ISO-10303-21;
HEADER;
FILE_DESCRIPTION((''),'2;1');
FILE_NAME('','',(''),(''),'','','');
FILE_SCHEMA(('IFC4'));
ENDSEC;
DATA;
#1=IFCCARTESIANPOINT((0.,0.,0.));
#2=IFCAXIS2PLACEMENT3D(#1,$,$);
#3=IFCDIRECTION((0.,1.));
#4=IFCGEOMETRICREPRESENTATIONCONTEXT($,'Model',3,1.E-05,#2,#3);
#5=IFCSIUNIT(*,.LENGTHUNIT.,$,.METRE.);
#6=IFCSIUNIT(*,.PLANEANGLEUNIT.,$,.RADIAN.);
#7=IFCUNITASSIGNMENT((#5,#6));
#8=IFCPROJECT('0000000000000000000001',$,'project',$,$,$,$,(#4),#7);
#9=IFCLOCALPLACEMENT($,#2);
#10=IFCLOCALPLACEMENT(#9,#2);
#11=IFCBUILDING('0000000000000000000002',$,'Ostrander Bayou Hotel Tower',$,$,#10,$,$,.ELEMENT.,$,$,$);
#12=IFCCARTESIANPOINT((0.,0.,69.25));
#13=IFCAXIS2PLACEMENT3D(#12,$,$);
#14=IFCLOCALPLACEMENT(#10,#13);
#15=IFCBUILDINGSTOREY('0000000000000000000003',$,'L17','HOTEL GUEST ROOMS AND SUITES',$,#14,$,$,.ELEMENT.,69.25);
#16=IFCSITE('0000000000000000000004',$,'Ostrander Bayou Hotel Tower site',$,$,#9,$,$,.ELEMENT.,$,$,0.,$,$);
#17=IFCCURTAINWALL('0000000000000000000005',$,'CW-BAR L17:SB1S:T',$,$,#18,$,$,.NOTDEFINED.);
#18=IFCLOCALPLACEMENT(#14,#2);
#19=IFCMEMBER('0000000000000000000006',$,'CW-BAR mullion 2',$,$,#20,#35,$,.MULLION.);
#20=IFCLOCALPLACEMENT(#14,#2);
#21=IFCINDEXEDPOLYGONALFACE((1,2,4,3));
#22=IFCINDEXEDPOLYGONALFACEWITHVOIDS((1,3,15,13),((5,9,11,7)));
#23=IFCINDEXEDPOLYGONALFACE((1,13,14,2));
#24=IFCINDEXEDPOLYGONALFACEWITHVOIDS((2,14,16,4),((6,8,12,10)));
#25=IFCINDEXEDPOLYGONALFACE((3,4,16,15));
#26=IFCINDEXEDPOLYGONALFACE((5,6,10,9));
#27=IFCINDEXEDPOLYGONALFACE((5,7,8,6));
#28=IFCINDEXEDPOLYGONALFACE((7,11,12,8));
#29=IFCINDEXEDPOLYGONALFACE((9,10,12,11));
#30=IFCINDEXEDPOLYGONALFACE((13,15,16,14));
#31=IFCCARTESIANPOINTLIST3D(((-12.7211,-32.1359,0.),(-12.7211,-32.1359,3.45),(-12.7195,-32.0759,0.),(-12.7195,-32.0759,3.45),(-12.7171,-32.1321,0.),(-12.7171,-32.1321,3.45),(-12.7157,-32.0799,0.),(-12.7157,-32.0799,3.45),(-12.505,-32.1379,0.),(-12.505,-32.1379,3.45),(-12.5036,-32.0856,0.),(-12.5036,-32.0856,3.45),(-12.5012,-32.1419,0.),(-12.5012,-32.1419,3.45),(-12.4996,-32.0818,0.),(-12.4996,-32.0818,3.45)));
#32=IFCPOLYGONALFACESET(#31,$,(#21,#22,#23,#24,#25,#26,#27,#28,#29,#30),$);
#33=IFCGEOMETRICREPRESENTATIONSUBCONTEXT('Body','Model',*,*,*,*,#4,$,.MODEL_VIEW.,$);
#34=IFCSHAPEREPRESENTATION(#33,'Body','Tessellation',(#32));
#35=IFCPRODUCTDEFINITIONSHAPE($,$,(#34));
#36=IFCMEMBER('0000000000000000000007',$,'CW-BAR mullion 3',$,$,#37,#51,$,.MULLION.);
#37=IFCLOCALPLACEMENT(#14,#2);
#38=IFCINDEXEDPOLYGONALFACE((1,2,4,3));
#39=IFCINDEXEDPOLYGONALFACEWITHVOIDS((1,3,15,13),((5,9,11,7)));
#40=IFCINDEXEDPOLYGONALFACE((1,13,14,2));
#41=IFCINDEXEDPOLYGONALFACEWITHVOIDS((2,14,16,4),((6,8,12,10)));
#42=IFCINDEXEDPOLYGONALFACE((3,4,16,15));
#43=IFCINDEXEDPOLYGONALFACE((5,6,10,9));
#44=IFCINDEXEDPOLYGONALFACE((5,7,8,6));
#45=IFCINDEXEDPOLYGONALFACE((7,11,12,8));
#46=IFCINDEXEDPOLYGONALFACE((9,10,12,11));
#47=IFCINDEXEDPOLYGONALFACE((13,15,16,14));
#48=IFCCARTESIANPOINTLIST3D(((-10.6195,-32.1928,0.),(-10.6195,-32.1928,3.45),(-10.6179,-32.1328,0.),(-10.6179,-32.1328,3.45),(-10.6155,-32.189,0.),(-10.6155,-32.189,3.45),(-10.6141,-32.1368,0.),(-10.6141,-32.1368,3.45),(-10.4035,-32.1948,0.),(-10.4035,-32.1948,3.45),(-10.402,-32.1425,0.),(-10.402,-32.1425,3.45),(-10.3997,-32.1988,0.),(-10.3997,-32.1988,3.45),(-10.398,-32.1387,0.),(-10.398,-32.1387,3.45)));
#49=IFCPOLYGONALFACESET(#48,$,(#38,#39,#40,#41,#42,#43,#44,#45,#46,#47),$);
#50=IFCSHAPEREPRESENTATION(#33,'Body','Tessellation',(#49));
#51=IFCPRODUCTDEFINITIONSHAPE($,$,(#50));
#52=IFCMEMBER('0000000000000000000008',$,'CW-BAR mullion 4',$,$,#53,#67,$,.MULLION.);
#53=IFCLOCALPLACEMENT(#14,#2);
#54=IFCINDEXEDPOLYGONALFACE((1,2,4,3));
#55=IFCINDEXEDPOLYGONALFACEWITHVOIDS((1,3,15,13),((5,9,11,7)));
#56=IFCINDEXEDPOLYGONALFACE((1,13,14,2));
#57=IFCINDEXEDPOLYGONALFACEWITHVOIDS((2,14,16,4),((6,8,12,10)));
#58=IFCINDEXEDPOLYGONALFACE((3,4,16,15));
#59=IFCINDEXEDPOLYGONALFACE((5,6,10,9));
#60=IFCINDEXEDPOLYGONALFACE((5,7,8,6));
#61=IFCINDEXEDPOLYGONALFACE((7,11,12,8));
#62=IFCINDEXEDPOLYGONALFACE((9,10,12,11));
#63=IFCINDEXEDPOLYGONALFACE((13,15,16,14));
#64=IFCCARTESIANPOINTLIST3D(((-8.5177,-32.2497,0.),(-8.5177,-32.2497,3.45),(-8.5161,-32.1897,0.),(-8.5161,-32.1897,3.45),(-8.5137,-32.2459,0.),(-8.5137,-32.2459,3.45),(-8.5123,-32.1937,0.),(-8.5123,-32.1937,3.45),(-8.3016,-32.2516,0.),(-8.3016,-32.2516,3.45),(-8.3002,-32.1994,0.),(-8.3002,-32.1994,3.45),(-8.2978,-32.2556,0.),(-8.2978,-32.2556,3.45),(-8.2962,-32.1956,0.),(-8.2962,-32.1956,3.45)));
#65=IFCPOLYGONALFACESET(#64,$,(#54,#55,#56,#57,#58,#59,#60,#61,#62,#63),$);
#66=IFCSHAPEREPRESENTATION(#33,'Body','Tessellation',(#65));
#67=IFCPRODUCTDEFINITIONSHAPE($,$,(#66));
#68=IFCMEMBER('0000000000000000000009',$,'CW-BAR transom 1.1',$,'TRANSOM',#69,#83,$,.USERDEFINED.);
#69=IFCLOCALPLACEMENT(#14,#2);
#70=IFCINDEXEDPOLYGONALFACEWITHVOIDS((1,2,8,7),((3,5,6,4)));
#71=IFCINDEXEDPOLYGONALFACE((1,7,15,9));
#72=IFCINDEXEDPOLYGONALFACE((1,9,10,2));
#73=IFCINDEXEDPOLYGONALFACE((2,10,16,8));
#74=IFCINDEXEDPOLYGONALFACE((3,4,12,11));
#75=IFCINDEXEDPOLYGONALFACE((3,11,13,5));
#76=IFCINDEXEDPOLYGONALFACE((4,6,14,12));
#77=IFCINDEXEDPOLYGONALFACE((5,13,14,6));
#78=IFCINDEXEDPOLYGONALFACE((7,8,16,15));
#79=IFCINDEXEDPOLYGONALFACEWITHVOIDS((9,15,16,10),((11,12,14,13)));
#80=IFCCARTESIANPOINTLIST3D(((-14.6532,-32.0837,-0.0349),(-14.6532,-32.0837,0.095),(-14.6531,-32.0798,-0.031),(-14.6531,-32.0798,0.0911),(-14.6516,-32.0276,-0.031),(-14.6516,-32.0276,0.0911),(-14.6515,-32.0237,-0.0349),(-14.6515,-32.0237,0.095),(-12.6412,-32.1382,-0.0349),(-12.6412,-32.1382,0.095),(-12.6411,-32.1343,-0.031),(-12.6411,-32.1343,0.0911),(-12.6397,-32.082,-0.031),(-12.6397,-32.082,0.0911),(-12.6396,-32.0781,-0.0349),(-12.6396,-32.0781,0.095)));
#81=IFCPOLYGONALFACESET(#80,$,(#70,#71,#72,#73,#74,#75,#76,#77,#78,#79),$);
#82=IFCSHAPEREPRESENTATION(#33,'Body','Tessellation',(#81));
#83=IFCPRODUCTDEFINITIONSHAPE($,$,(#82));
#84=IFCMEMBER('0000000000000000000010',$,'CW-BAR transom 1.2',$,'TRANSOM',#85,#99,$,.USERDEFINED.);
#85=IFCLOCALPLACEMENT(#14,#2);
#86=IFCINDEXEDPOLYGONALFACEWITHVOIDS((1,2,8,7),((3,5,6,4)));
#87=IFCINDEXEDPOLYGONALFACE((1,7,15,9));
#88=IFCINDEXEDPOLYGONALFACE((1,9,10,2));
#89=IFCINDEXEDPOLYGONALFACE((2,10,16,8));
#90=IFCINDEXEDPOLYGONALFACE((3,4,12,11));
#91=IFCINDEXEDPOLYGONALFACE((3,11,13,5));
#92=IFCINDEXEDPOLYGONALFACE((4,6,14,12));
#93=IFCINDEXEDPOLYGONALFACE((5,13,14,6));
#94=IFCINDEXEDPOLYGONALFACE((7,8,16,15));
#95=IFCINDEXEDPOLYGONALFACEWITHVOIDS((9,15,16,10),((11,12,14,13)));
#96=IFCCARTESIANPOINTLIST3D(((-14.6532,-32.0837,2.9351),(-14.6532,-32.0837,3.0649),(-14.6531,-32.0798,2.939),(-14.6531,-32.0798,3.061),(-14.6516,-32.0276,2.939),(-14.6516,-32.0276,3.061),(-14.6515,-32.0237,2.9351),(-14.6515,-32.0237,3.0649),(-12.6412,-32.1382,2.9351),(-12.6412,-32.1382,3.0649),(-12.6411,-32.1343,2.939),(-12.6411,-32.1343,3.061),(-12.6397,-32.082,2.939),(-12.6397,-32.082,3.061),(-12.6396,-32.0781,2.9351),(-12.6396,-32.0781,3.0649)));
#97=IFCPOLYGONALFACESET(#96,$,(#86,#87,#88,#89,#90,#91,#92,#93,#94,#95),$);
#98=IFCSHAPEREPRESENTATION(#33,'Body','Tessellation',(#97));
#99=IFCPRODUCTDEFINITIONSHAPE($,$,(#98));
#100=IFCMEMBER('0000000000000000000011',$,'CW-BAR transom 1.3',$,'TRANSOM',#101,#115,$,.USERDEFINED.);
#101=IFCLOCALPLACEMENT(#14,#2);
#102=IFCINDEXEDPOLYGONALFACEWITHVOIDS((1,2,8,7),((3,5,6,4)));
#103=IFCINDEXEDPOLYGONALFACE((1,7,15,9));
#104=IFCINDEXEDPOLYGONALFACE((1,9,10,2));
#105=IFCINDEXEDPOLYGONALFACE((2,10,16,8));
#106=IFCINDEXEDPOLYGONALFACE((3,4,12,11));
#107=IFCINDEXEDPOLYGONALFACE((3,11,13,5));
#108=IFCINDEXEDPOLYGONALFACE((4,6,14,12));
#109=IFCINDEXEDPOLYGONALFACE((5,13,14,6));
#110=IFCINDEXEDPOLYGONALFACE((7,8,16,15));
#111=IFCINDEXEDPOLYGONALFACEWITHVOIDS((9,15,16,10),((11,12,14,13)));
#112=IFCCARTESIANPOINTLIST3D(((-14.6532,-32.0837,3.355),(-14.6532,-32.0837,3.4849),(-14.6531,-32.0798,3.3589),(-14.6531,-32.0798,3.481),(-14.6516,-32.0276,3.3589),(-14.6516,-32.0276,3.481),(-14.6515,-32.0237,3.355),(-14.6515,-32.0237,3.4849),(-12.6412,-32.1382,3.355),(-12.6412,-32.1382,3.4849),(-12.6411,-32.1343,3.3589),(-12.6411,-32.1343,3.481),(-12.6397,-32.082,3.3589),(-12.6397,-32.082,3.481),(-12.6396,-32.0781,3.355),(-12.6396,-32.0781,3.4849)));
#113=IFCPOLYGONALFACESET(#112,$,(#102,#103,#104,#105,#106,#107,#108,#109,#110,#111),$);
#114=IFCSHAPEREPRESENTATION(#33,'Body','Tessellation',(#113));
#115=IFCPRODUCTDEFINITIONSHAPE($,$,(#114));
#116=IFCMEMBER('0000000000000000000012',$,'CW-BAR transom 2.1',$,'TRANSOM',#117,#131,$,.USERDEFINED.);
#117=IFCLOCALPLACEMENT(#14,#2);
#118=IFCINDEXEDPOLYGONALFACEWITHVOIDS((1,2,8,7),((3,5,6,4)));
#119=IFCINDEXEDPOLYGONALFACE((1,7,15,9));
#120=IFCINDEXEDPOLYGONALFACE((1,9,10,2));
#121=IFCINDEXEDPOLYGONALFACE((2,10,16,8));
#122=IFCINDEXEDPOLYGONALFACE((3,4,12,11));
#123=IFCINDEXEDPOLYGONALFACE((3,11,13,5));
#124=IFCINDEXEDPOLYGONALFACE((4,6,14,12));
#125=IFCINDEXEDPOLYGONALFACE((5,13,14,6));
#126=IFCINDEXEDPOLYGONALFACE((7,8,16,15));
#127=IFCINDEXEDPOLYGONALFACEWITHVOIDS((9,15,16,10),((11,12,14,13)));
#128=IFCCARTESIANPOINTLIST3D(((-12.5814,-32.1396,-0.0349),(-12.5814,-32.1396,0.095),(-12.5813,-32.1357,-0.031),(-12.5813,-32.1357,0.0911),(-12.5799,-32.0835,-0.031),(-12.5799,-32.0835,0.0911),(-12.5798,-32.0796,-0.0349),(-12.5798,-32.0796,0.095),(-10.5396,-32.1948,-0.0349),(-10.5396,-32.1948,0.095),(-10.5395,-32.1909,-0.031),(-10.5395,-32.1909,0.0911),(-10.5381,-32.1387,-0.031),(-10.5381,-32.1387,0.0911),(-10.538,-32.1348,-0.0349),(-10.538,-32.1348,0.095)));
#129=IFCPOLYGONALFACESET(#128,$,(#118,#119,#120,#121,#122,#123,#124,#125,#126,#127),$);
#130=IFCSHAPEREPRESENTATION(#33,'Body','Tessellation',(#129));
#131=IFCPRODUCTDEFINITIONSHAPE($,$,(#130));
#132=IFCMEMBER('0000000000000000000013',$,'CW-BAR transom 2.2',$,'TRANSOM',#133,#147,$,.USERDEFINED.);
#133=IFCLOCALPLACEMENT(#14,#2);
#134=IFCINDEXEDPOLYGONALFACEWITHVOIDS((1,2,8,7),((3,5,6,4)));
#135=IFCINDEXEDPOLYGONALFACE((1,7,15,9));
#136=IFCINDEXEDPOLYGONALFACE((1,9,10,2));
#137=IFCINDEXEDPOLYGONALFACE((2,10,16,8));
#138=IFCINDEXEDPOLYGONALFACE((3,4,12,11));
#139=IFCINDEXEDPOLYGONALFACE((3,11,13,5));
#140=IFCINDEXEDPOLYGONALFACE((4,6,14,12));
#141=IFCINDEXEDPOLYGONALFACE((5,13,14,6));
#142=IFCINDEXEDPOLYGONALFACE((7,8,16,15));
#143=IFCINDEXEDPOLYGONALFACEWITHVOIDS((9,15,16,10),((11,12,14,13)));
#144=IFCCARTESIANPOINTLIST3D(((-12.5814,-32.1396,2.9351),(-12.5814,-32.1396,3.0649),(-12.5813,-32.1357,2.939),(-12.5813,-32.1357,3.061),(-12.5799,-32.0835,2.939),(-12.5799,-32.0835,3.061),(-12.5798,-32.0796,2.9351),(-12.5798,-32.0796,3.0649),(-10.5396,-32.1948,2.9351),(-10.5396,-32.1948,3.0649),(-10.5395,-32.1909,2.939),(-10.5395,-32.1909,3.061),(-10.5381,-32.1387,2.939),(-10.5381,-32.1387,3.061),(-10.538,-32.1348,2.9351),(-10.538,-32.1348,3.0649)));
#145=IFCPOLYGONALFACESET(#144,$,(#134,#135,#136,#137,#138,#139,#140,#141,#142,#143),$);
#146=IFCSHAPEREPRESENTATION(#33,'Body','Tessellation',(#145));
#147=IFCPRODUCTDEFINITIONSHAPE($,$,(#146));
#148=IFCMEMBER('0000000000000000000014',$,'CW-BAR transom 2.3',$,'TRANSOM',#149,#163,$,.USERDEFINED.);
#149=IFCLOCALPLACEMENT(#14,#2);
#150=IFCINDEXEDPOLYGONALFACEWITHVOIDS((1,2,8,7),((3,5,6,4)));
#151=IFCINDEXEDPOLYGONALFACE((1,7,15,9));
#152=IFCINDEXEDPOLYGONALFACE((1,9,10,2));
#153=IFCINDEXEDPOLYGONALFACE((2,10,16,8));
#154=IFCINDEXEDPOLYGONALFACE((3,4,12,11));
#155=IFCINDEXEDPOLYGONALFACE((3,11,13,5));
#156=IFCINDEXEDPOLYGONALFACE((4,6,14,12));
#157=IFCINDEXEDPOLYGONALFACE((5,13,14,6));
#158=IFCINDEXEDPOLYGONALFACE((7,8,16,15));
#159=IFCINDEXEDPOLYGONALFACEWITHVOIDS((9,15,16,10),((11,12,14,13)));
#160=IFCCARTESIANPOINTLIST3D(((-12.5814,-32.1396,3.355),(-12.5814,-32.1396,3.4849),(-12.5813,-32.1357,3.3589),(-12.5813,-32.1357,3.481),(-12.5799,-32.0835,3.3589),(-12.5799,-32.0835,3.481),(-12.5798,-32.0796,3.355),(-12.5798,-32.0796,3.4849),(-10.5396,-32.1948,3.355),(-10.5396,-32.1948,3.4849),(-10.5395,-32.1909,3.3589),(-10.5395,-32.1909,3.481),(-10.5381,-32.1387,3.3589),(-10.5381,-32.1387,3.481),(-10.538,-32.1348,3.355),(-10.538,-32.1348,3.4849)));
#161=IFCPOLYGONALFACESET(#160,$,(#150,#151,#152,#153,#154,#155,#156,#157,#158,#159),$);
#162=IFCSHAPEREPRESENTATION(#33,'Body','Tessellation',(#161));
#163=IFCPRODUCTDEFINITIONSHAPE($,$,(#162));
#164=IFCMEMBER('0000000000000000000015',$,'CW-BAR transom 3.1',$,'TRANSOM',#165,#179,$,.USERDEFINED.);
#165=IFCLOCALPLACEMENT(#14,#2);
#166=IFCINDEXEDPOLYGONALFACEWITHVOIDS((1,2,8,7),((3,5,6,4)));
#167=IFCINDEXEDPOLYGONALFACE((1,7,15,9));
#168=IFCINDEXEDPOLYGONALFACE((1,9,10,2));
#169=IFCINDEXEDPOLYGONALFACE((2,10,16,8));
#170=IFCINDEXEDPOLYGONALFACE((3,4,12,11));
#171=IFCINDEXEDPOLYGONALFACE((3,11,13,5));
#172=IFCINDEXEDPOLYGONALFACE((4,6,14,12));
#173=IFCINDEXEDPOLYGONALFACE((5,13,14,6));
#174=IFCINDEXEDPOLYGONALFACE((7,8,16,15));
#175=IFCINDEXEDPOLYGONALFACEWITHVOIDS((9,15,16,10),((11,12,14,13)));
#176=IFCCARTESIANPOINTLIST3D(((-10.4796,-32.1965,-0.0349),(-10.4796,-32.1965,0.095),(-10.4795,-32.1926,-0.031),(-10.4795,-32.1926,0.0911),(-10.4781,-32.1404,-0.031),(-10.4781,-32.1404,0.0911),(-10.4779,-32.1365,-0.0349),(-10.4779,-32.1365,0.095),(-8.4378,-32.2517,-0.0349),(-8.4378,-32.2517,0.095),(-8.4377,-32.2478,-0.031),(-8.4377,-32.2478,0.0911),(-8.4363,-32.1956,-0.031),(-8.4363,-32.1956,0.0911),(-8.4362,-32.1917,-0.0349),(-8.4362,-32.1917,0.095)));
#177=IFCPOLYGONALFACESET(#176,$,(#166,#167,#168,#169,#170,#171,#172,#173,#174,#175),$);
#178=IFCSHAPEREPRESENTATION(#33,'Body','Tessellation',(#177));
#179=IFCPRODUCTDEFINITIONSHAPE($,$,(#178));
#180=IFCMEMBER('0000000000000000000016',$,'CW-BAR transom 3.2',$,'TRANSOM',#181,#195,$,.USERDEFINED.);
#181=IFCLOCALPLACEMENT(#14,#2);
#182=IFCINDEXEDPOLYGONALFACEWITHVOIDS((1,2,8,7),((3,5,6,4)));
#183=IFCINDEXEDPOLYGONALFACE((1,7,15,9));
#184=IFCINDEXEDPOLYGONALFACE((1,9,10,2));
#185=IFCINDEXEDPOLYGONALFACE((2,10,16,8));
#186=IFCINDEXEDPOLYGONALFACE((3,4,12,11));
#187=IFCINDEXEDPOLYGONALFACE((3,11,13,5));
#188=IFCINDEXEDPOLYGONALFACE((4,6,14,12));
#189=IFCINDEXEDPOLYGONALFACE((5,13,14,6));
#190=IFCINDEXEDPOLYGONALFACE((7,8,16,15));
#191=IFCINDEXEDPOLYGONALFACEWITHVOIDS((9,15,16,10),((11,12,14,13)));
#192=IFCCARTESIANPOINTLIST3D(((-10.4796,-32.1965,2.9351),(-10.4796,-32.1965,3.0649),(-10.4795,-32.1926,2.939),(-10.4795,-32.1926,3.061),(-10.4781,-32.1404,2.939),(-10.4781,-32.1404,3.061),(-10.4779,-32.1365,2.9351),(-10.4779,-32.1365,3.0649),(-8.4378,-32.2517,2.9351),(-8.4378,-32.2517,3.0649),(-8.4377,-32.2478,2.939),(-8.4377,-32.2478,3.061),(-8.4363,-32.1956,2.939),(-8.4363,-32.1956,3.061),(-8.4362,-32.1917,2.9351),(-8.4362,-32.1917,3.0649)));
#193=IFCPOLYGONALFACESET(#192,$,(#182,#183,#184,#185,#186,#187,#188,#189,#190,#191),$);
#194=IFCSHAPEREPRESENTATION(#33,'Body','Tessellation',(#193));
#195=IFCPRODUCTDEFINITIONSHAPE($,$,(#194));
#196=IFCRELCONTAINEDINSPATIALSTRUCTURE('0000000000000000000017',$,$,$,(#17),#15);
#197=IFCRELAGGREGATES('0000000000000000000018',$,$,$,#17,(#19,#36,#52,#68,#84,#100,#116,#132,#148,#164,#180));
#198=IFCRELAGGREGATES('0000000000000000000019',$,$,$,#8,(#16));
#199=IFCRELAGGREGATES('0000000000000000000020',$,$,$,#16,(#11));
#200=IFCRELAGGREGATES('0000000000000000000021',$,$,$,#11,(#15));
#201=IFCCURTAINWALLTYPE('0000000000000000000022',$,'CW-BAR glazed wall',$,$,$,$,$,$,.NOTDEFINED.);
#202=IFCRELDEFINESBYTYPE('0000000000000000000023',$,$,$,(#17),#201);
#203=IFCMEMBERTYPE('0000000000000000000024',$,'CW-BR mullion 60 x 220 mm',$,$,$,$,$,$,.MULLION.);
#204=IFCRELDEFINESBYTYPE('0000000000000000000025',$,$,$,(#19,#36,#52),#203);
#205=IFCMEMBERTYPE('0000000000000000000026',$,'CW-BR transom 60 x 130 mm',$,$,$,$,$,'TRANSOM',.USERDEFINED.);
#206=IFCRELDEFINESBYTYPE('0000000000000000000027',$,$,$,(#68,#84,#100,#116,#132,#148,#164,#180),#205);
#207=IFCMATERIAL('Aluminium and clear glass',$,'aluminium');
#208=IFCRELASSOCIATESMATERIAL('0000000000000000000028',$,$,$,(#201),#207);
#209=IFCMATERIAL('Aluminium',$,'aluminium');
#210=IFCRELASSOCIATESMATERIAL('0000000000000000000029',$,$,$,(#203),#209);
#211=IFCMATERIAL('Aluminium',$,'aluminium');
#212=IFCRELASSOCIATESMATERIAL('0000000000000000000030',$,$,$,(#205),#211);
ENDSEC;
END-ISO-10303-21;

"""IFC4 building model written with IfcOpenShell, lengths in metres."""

from ifc_helpers import new_model, si_unit, direction, frame, origin, origin_2d, place, context, subcontext, project, spatial, hollow_rectangle, extrude, material, material_profile, profile_set, type_object, element, aggregate, save


model = new_model("IFC4")

# Units and contexts
model_context = context("Model", 3, precision=1e-05, world=origin(), true_north=direction((0.0, 1.0)))
body_context = subcontext(model_context, "Body", "Model", "MODEL_VIEW")
ifc_project = project(units=[si_unit("LENGTHUNIT", "METRE"), si_unit("PLANEANGLEUNIT", "RADIAN")], contexts=[model_context])

# Site, building, storey
site_placement = place(None, origin())
site = spatial("IfcSite", under=ifc_project, at=site_placement, Name="Ostrander Bayou Hotel Tower site", CompositionType="ELEMENT", RefElevation=0.0)
building_placement = place(site_placement, origin())
building = spatial("IfcBuilding", under=site, at=building_placement, Name="Ostrander Bayou Hotel Tower", CompositionType="ELEMENT")
storey_placement = place(building_placement, frame((0.0, 0.0, 69.25)))
storey = spatial("IfcBuildingStorey", under=building, at=storey_placement, Name="L17", Description="HOTEL GUEST ROOMS AND SUITES", CompositionType="ELEMENT", Elevation=69.25)

# Curtain wall, members
ifc_material_1 = material(Name="Aluminium and clear glass", Category="aluminium")
curtain_wall_type = type_object("IfcCurtainWallType", Name="CW-BAR glazed wall", PredefinedType="NOTDEFINED", material=ifc_material_1)
curtain_wall_placement = place(storey_placement, origin())
curtain_wall = element("IfcCurtainWall", 1, at=curtain_wall_placement, inside=storey, type_object=curtain_wall_type, Name="CW-BAR L17:SB1S:T", PredefinedType="NOTDEFINED")
ifc_material_2 = material(Name="Aluminium", Category="aluminium")
ifc_material_profile_1 = material_profile(ifc_material_2, hollow_rectangle(XDim=0.0601, YDim=0.22, WallThickness=0.0039, at=origin_2d()))
ifc_profile_set_1 = profile_set([ifc_material_profile_1], Name="Aluminium")
member_type_1 = type_object("IfcMemberType", Name="CW-BR mullion 60 x 220 mm", PredefinedType="MULLION", material=ifc_profile_set_1)
member_1_placement = place(storey_placement, frame((-12.6104, -32.1089, 0.0), z_axis=(0.0, 0.0, 1.0), x_axis=(0.027042, 0.999634, 0.0)))
member_1 = element("IfcMember", 2, at=member_1_placement, type_object=member_type_1, Name="CW-BAR mullion 2", PredefinedType="MULLION", context=body_context, shape_type="SweptSolid", body=[
    extrude(hollow_rectangle(XDim=0.0601, YDim=0.22, WallThickness=0.0039, at=origin_2d()), origin(), (0.0, 0.0, 1.0), 3.45),
])
member_2_placement = place(storey_placement, frame((-10.5088, -32.1658, 0.0), z_axis=(0.0, 0.0, 1.0), x_axis=(0.027042, 0.999634, 0.0)))
member_2 = element("IfcMember", 3, at=member_2_placement, type_object=member_type_1, Name="CW-BAR mullion 3", PredefinedType="MULLION", context=body_context, shape_type="SweptSolid", body=[
    extrude(hollow_rectangle(XDim=0.0601, YDim=0.22, WallThickness=0.0039, at=origin_2d()), origin(), (0.0, 0.0, 1.0), 3.45),
])
member_3_placement = place(storey_placement, frame((-8.407, -32.2227, 0.0), z_axis=(0.0, 0.0, 1.0), x_axis=(0.027042, 0.999634, 0.0)))
member_3 = element("IfcMember", 4, at=member_3_placement, type_object=member_type_1, Name="CW-BAR mullion 4", PredefinedType="MULLION", context=body_context, shape_type="SweptSolid", body=[
    extrude(hollow_rectangle(XDim=0.0601, YDim=0.22, WallThickness=0.0039, at=origin_2d()), origin(), (0.0, 0.0, 1.0), 3.45),
])
ifc_material_3 = material(Name="Aluminium", Category="aluminium")
ifc_material_profile_2 = material_profile(ifc_material_3, hollow_rectangle(XDim=0.0601, YDim=0.1299, WallThickness=0.0039, at=origin_2d()))
ifc_profile_set_2 = profile_set([ifc_material_profile_2], Name="Aluminium")
member_type_2 = type_object("IfcMemberType", Name="CW-BR transom 60 x 130 mm", ElementType="TRANSOM", PredefinedType="USERDEFINED", material=ifc_profile_set_2)
member_4_placement = place(storey_placement, frame((-14.6523, -32.0537, 0.03), z_axis=(0.999634, -0.02705, 0.0), x_axis=(0.02705, 0.999634, 0.0)))
member_4 = element("IfcMember", 5, at=member_4_placement, type_object=member_type_2, Name="CW-BAR transom 1.1", ObjectType="TRANSOM", PredefinedType="USERDEFINED", context=body_context, shape_type="SweptSolid", body=[
    extrude(hollow_rectangle(XDim=0.0601, YDim=0.1299, WallThickness=0.0039, at=origin_2d()), origin(), (0.0, 0.0, 1.0), 2.0127),
])
member_5_placement = place(storey_placement, frame((-14.6523, -32.0537, 3.0), z_axis=(0.999634, -0.02705, 0.0), x_axis=(0.02705, 0.999634, 0.0)))
member_5 = element("IfcMember", 6, at=member_5_placement, type_object=member_type_2, Name="CW-BAR transom 1.2", ObjectType="TRANSOM", PredefinedType="USERDEFINED", context=body_context, shape_type="SweptSolid", body=[
    extrude(hollow_rectangle(XDim=0.0601, YDim=0.1299, WallThickness=0.0039, at=origin_2d()), origin(), (0.0, 0.0, 1.0), 2.0127),
])
member_6_placement = place(storey_placement, frame((-14.6523, -32.0537, 3.4199), z_axis=(0.999634, -0.02705, 0.0), x_axis=(0.02705, 0.999634, 0.0)))
member_6 = element("IfcMember", 7, at=member_6_placement, type_object=member_type_2, Name="CW-BAR transom 1.3", ObjectType="TRANSOM", PredefinedType="USERDEFINED", context=body_context, shape_type="SweptSolid", body=[
    extrude(hollow_rectangle(XDim=0.0601, YDim=0.1299, WallThickness=0.0039, at=origin_2d()), origin(), (0.0, 0.0, 1.0), 2.0127),
])
member_7_placement = place(storey_placement, frame((-12.5806, -32.1096, 0.03), z_axis=(0.999635, -0.027014, 0.0), x_axis=(0.027014, 0.999635, 0.0)))
member_7 = element("IfcMember", 8, at=member_7_placement, type_object=member_type_2, Name="CW-BAR transom 2.1", ObjectType="TRANSOM", PredefinedType="USERDEFINED", context=body_context, shape_type="SweptSolid", body=[
    extrude(hollow_rectangle(XDim=0.0601, YDim=0.1299, WallThickness=0.0039, at=origin_2d()), origin(), (0.0, 0.0, 1.0), 2.0425),
])
member_8_placement = place(storey_placement, frame((-12.5806, -32.1096, 3.0), z_axis=(0.999635, -0.027014, 0.0), x_axis=(0.027014, 0.999635, 0.0)))
member_8 = element("IfcMember", 9, at=member_8_placement, type_object=member_type_2, Name="CW-BAR transom 2.2", ObjectType="TRANSOM", PredefinedType="USERDEFINED", context=body_context, shape_type="SweptSolid", body=[
    extrude(hollow_rectangle(XDim=0.0601, YDim=0.1299, WallThickness=0.0039, at=origin_2d()), origin(), (0.0, 0.0, 1.0), 2.0425),
])
member_9_placement = place(storey_placement, frame((-12.5806, -32.1096, 3.4199), z_axis=(0.999635, -0.027014, 0.0), x_axis=(0.027014, 0.999635, 0.0)))
member_9 = element("IfcMember", 10, at=member_9_placement, type_object=member_type_2, Name="CW-BAR transom 2.3", ObjectType="TRANSOM", PredefinedType="USERDEFINED", context=body_context, shape_type="SweptSolid", body=[
    extrude(hollow_rectangle(XDim=0.0601, YDim=0.1299, WallThickness=0.0039, at=origin_2d()), origin(), (0.0, 0.0, 1.0), 2.0425),
])
member_10_placement = place(storey_placement, frame((-10.4788, -32.1665, 0.03), z_axis=(0.999635, -0.027014, 0.0), x_axis=(0.027014, 0.999635, 0.0)))
member_10 = element("IfcMember", 11, at=member_10_placement, type_object=member_type_2, Name="CW-BAR transom 3.1", ObjectType="TRANSOM", PredefinedType="USERDEFINED", context=body_context, shape_type="SweptSolid", body=[
    extrude(hollow_rectangle(XDim=0.0601, YDim=0.1299, WallThickness=0.0039, at=origin_2d()), origin(), (0.0, 0.0, 1.0), 2.0425),
])
member_11_placement = place(storey_placement, frame((-10.4788, -32.1665, 3.0), z_axis=(0.999635, -0.027014, 0.0), x_axis=(0.027014, 0.999635, 0.0)))
member_11 = element("IfcMember", 12, at=member_11_placement, type_object=member_type_2, Name="CW-BAR transom 3.2", ObjectType="TRANSOM", PredefinedType="USERDEFINED", context=body_context, shape_type="SweptSolid", body=[
    extrude(hollow_rectangle(XDim=0.0601, YDim=0.1299, WallThickness=0.0039, at=origin_2d()), origin(), (0.0, 0.0, 1.0), 2.0425),
])
aggregate(curtain_wall, [member_1, member_2, member_3, member_4, member_5, member_6, member_7, member_8, member_9, member_10, member_11])

save(model, "model.ifc")
